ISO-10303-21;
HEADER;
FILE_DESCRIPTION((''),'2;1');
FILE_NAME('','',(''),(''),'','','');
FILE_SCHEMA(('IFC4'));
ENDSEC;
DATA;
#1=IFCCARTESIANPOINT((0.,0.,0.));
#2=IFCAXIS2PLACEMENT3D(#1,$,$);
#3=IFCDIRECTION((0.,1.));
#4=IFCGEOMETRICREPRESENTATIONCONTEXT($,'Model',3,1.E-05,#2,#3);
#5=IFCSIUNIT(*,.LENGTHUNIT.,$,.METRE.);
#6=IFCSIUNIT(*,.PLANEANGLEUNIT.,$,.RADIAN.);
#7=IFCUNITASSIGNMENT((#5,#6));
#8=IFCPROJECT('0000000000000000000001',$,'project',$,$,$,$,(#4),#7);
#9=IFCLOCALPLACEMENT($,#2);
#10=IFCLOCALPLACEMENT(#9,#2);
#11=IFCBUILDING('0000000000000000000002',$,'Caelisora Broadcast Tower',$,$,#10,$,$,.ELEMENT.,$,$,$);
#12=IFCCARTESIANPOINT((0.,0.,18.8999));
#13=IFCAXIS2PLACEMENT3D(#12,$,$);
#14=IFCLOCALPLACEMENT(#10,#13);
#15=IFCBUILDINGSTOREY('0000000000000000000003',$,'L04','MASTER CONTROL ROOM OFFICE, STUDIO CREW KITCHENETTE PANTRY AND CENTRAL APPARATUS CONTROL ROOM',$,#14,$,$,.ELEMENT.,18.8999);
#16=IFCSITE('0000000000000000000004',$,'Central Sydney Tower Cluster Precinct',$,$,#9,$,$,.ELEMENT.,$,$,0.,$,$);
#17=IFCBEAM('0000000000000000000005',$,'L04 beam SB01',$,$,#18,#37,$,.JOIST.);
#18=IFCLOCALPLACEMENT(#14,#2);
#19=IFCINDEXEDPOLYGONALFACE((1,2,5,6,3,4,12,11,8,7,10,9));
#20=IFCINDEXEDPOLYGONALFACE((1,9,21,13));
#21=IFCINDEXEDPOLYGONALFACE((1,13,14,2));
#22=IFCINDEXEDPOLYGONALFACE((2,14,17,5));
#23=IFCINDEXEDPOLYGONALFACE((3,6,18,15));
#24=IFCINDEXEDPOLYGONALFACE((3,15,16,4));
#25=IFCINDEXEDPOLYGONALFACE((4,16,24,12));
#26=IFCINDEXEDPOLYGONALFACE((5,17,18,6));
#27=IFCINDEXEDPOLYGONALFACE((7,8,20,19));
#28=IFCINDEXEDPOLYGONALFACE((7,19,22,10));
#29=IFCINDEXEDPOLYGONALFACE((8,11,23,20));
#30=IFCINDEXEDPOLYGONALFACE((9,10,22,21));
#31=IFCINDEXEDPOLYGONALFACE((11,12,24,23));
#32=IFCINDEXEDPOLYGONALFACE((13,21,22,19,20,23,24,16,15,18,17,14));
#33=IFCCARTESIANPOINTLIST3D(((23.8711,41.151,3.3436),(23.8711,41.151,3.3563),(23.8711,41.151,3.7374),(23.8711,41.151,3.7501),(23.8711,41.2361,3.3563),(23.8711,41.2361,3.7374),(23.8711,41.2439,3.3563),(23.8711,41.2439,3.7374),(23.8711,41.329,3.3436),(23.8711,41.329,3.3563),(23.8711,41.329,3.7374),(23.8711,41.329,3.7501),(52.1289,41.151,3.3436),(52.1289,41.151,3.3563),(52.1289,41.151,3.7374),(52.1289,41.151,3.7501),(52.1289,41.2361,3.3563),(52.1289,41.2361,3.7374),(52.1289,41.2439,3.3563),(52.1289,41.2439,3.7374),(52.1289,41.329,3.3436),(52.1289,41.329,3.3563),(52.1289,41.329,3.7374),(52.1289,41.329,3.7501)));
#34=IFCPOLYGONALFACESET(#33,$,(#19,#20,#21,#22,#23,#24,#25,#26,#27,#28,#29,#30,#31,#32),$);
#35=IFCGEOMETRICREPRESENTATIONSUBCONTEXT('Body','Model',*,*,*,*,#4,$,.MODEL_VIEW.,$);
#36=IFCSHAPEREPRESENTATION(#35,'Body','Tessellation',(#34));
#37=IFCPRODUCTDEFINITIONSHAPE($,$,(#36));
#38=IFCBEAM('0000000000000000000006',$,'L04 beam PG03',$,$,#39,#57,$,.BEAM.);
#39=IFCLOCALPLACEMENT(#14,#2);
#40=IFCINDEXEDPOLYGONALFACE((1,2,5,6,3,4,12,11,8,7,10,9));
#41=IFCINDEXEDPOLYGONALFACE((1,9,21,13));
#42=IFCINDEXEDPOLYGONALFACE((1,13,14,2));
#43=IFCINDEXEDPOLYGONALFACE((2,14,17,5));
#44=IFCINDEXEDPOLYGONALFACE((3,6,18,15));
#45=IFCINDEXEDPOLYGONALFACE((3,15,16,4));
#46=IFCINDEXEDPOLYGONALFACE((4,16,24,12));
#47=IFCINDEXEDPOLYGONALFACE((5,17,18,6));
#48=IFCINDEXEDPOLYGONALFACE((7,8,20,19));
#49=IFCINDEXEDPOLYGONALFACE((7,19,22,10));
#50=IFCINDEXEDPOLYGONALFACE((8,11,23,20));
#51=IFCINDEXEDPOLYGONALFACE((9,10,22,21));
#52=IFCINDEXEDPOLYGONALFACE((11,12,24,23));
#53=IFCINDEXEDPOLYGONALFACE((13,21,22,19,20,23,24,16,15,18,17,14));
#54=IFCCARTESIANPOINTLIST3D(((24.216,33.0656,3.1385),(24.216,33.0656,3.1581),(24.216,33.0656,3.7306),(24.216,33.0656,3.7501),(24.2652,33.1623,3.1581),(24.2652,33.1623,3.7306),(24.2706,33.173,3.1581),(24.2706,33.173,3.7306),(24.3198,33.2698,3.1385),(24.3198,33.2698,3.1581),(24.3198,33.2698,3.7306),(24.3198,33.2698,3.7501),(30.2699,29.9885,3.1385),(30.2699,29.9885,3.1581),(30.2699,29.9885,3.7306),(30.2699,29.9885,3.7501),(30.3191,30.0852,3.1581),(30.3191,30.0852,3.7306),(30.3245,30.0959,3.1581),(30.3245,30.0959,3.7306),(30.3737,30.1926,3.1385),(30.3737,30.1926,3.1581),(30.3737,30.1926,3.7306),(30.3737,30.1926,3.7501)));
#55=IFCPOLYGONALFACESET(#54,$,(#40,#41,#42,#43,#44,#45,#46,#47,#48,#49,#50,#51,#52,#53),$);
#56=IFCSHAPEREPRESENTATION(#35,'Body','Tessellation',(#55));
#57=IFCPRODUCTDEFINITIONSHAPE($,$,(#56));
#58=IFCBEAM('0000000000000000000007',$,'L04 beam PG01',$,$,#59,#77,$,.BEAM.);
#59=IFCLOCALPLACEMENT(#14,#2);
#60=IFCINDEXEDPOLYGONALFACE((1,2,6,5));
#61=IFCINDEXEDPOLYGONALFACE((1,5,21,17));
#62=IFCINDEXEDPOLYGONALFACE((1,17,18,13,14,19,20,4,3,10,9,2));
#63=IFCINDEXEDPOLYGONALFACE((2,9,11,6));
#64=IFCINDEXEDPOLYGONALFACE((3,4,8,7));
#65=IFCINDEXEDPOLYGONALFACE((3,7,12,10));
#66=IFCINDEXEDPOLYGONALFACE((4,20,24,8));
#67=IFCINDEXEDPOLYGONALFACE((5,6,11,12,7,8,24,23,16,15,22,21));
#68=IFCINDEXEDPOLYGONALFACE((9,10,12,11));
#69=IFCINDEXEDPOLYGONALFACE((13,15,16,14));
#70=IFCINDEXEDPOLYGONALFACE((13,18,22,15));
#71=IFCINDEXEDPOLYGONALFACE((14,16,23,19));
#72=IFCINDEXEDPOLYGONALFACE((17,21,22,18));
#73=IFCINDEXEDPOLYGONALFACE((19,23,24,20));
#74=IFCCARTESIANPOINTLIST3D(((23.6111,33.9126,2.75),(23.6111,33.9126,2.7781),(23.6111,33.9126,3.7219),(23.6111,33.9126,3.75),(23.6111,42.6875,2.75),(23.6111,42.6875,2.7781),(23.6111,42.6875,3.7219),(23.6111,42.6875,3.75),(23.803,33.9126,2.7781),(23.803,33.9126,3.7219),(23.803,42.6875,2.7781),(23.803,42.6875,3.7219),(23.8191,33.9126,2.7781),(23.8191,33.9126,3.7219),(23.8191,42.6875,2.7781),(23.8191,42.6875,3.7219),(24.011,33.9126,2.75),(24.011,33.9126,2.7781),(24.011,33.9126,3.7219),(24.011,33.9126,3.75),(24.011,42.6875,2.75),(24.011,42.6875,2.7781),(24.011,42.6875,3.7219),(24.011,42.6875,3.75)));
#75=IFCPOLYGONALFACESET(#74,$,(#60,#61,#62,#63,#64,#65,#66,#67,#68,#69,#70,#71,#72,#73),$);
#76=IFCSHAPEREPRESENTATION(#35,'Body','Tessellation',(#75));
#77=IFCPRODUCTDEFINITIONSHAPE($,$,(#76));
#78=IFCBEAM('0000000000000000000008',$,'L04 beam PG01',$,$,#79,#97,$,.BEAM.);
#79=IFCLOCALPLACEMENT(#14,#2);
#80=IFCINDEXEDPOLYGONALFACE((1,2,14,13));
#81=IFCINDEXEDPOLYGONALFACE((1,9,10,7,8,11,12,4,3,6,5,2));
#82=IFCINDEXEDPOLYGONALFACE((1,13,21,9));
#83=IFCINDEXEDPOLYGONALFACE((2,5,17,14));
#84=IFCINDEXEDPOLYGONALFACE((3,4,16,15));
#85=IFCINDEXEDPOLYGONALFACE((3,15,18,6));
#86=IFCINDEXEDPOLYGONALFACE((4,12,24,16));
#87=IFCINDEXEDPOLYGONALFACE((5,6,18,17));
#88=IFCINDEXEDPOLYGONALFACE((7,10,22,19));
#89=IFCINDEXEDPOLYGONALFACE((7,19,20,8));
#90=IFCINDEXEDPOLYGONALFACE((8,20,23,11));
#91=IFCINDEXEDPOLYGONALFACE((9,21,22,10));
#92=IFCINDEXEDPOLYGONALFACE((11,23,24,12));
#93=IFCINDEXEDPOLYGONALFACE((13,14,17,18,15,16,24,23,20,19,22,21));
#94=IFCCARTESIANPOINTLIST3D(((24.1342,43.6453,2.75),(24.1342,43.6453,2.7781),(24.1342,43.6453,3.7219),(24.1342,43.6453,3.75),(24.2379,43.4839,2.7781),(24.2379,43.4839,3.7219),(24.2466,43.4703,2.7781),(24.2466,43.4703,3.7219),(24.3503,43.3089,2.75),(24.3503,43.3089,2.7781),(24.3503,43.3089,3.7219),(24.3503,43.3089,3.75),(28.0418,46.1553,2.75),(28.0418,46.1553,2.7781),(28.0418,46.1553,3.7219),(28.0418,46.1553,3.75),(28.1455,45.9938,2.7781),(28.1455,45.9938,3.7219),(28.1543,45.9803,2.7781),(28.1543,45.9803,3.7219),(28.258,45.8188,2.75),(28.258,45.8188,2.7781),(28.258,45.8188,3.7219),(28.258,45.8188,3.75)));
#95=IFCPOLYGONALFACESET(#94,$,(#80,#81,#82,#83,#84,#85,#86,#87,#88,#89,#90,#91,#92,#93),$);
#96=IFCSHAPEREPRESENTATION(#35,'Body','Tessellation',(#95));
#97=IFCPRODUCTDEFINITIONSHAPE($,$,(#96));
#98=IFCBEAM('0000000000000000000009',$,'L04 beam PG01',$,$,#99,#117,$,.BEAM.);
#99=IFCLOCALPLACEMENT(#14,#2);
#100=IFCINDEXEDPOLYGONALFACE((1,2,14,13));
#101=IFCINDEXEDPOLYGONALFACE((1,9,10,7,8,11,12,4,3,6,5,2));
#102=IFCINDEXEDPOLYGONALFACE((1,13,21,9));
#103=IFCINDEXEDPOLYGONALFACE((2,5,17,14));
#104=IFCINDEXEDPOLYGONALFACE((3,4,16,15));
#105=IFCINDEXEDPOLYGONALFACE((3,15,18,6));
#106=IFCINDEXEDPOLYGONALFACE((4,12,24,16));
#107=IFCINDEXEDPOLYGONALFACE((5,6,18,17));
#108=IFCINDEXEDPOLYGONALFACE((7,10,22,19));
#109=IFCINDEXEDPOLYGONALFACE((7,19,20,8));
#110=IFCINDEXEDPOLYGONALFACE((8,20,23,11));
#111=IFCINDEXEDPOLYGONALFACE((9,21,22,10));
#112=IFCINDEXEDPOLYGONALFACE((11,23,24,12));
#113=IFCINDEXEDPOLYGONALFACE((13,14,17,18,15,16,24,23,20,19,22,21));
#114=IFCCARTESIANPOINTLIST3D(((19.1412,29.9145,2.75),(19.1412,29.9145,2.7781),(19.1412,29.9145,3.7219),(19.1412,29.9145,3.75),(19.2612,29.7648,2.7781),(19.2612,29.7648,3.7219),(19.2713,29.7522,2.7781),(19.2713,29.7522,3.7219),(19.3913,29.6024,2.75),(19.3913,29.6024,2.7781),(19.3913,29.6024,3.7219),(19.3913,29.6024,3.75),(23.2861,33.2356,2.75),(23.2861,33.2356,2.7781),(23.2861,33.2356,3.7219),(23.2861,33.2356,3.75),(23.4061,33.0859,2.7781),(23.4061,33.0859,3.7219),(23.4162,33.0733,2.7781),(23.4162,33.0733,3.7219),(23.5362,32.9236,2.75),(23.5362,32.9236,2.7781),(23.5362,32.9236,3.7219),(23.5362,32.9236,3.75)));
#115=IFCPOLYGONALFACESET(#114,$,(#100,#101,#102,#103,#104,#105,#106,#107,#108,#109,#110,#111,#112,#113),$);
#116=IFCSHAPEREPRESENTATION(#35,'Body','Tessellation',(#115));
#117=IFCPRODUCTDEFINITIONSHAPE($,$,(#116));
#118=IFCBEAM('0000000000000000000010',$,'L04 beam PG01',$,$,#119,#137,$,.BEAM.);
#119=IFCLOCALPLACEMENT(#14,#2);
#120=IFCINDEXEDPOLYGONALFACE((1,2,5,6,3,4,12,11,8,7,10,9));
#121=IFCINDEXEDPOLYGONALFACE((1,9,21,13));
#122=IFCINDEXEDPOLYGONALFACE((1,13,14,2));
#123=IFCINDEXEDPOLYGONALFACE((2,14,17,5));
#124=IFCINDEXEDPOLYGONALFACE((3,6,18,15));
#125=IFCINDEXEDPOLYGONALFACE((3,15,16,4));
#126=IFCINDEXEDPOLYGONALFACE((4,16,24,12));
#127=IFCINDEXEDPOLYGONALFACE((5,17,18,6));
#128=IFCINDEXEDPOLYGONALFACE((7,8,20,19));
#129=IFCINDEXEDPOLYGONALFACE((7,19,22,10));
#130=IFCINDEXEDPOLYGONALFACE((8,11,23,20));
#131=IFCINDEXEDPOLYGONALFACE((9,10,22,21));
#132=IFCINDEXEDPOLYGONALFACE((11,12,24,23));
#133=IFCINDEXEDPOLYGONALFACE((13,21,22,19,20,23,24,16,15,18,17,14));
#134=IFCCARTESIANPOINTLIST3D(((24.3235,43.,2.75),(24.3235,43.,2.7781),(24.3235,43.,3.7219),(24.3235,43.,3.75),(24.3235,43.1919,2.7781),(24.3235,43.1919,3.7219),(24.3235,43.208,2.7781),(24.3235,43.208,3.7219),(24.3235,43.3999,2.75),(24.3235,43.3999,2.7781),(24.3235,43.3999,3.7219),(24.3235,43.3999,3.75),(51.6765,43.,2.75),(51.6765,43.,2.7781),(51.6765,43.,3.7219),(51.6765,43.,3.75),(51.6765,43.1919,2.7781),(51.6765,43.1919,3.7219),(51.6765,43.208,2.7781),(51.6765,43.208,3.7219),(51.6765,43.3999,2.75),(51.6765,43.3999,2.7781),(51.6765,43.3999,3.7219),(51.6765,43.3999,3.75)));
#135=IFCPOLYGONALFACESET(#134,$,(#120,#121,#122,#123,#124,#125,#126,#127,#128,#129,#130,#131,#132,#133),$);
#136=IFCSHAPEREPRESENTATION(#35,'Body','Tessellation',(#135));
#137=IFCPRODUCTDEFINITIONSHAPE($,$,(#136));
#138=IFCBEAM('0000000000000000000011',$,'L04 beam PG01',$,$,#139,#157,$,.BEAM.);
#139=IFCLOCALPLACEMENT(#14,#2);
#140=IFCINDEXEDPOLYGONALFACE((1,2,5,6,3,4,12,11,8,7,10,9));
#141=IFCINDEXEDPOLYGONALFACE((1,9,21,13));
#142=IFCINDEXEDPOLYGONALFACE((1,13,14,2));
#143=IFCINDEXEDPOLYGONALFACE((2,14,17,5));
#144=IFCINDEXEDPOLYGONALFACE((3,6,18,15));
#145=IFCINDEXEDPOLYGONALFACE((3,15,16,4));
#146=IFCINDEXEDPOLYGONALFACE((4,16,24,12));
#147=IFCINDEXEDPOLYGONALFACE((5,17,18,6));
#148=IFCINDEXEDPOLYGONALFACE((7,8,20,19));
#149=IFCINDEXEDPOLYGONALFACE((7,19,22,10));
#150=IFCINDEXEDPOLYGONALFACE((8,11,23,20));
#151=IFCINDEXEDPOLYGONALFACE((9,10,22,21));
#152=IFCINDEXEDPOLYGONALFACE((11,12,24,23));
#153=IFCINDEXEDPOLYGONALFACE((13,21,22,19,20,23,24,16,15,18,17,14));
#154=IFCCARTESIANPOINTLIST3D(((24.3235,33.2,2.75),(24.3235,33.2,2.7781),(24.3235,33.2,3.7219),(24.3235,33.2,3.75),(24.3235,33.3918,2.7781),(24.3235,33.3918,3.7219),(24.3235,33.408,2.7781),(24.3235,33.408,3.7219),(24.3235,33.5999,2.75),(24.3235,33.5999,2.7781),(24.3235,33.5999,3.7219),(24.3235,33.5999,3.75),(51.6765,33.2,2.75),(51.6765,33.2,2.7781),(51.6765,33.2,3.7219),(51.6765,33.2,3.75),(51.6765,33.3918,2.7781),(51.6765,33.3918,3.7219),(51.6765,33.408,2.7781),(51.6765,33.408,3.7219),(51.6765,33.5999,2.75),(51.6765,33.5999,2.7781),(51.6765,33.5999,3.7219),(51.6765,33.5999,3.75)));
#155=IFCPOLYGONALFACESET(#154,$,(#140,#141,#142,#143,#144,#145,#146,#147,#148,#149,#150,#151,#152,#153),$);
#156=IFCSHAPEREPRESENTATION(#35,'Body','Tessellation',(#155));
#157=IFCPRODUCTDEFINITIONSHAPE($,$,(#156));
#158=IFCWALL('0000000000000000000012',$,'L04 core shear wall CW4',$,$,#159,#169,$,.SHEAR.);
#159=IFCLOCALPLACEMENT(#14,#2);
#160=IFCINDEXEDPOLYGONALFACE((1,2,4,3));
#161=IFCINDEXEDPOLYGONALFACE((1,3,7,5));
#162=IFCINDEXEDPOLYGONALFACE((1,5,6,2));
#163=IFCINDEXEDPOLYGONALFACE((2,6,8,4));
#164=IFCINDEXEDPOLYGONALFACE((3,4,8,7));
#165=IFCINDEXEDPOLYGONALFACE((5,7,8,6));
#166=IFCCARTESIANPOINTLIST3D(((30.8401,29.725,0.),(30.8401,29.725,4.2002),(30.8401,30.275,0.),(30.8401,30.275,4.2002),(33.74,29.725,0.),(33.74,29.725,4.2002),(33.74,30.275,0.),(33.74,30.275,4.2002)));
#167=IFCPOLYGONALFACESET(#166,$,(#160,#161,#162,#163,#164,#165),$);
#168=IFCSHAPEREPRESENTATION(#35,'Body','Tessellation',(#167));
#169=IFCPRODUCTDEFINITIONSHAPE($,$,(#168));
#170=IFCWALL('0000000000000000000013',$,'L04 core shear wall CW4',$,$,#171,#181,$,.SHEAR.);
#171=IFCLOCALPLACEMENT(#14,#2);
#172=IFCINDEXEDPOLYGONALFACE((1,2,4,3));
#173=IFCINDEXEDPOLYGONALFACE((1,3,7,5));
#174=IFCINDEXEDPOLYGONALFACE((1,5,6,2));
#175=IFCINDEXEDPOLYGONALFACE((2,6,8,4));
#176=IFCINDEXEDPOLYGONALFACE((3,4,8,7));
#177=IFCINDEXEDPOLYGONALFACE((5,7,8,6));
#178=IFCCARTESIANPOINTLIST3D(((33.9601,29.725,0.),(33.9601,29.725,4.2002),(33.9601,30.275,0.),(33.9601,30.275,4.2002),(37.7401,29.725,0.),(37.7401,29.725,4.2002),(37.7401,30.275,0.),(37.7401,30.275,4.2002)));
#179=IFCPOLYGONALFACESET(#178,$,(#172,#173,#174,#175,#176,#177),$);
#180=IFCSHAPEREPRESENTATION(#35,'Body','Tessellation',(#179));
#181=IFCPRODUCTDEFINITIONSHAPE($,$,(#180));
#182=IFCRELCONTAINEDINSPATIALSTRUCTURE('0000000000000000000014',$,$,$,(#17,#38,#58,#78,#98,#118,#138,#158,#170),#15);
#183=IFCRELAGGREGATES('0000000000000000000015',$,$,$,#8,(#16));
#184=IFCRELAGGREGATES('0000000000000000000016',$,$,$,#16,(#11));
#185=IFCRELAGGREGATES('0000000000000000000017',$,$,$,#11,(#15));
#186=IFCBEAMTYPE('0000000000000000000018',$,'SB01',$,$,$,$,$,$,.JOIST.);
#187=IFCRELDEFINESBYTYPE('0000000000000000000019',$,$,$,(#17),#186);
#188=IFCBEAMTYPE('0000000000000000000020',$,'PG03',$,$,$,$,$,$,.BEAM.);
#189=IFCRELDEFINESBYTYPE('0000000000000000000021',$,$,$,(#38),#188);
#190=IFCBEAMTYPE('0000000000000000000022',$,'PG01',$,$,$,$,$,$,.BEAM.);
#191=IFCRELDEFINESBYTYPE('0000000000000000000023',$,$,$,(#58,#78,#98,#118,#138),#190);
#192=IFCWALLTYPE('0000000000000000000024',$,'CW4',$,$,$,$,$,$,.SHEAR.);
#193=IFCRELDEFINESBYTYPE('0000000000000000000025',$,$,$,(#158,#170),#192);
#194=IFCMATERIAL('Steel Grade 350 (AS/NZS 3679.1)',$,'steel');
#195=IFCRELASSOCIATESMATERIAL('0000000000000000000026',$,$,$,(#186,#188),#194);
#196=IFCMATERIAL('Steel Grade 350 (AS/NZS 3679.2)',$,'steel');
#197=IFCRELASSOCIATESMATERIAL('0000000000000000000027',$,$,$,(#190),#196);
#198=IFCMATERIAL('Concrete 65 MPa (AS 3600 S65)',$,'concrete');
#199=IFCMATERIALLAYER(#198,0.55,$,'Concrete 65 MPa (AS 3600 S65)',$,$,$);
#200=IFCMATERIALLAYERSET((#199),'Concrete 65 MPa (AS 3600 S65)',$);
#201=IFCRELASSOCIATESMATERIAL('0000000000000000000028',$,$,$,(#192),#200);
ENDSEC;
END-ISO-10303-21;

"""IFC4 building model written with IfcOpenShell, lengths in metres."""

from ifc_helpers import new_model, si_unit, direction, frame, frame_2d, origin, origin_2d, place, context, subcontext, project, spatial, rectangle, i_section, extrude, source, transform, mapped, material, layer, layer_set, material_profile, profile_set, type_object, type_shapes, element, save


model = new_model("IFC4")

# Units and contexts
model_context = context("Model", 3, precision=1e-05, world=origin(), true_north=direction((0.0, 1.0)))
body_context = subcontext(model_context, "Body", "Model", "MODEL_VIEW")
ifc_project = project(units=[si_unit("LENGTHUNIT", "METRE"), si_unit("PLANEANGLEUNIT", "RADIAN")], contexts=[model_context])

# Site, building, storey
site_placement = place(None, origin())
site = spatial("IfcSite", under=ifc_project, at=site_placement, Name="Central Sydney Tower Cluster Precinct", CompositionType="ELEMENT", RefElevation=0.0)
building_placement = place(site_placement, origin())
building = spatial("IfcBuilding", under=site, at=building_placement, Name="Caelisora Broadcast Tower", CompositionType="ELEMENT")
storey_placement = place(building_placement, frame((0.0, 0.0, 18.8999)))
storey = spatial("IfcBuildingStorey", under=building, at=storey_placement, Name="L04", Description="MASTER CONTROL ROOM OFFICE, STUDIO CREW KITCHENETTE PANTRY AND CENTRAL APPARATUS CONTROL ROOM", CompositionType="ELEMENT", Elevation=18.8999)

# Shared definitions
ifc_material_1 = material(Name="Steel Grade 350 (AS/NZS 3679.2)", Category="steel")
ifc_material_2 = material(Name="Steel Grade 350 (AS/NZS 3679.1)", Category="steel")

# Beams
ifc_material_profile_1 = material_profile(ifc_material_2, i_section(OverallWidth=0.178, OverallDepth=0.4065, WebThickness=0.0078, FlangeThickness=0.0127, at=origin_2d()), Name="Steel Grade 350 (AS/NZS 3679.1)")
ifc_profile_set_1 = profile_set([ifc_material_profile_1], Name="Steel Grade 350 (AS/NZS 3679.1)")
beam_type_1 = type_object("IfcBeamType", Name="SB01", PredefinedType="JOIST", material=ifc_profile_set_1)
shared_shape_1 = source(origin(), body_context, "Body", "SweptSolid", [
    extrude(i_section(OverallWidth=0.178, OverallDepth=0.4065, WebThickness=0.0078, FlangeThickness=0.0127, at=origin_2d()), origin(), (0.0, 0.0, 1.0), 28.2578),
])
type_shapes(beam_type_1, [shared_shape_1])
for number, where, z_axis, x_axis, name in (
    (1, (23.8711, 41.24, 3.5469), (1.0, 0.0, 0.0), (0.0, 1.0, 0.0), "L04 beam SB01"),
):
    element("IfcBeam", number, at=place(storey_placement, frame(where, z_axis=z_axis, x_axis=x_axis)), inside=storey, type_object=beam_type_1, Name=name, PredefinedType="JOIST", context=body_context, shape_type="MappedRepresentation", body=[
        mapped(shared_shape_1, transform((0.0, 0.0, 0.0), scale=1.0)),
    ])
ifc_material_profile_2 = material_profile(ifc_material_2, i_section(OverallWidth=0.229, OverallDepth=0.6116, WebThickness=0.012, FlangeThickness=0.0195, at=origin_2d()), Name="Steel Grade 350 (AS/NZS 3679.1)")
ifc_profile_set_2 = profile_set([ifc_material_profile_2], Name="Steel Grade 350 (AS/NZS 3679.1)")
beam_type_2 = type_object("IfcBeamType", Name="PG03", PredefinedType="BEAM", material=ifc_profile_set_2)
shared_shape_2 = source(origin(), body_context, "Body", "SweptSolid", [
    extrude(i_section(OverallWidth=0.229, OverallDepth=0.6116, WebThickness=0.012, FlangeThickness=0.0195, at=origin_2d()), origin(), (0.0, 0.0, 1.0), 6.791),
])
type_shapes(beam_type_2, [shared_shape_2])
beam_1_placement = place(storey_placement, frame((30.3218, 30.0906, 3.4443), z_axis=(-0.891453, 0.453114, 0.0), x_axis=(-0.453114, -0.891453, 0.0)))
element("IfcBeam", 2, at=beam_1_placement, inside=storey, type_object=beam_type_2, Name="L04 beam PG03", PredefinedType="BEAM", context=body_context, shape_type="MappedRepresentation", body=[
    mapped(shared_shape_2, transform((0.0, 0.0, 0.0), scale=1.0)),
])
ifc_material_profile_3 = material_profile(ifc_material_1, i_section(OverallWidth=0.3999, OverallDepth=1.0, WebThickness=0.0161, FlangeThickness=0.0281, at=origin_2d()), Name="Steel Grade 350 (AS/NZS 3679.2)")
ifc_profile_set_3 = profile_set([ifc_material_profile_3], Name="Steel Grade 350 (AS/NZS 3679.2)")
beam_type_3 = type_object("IfcBeamType", Name="PG01", PredefinedType="BEAM", material=ifc_profile_set_3)
shared_shape_3 = source(origin(), body_context, "Body", "SweptSolid", [
    extrude(i_section(OverallWidth=0.3999, OverallDepth=1.0, WebThickness=0.0161, FlangeThickness=0.0281, at=origin_2d()), origin(), (0.0, 0.0, 1.0), 8.7749),
])
beam_2_placement = place(storey_placement, frame((23.811, 33.9126, 3.25), z_axis=(0.0, 1.0, 0.0), x_axis=(-1.0, 0.0, 0.0)))
element("IfcBeam", 3, at=beam_2_placement, inside=storey, type_object=beam_type_3, Name="L04 beam PG01", PredefinedType="BEAM", context=body_context, shape_type="MappedRepresentation", body=[
    mapped(shared_shape_3, transform((0.0, 0.0, 0.0), scale=1.0)),
])
shared_shape_4 = source(origin(), body_context, "Body", "SweptSolid", [
    extrude(i_section(OverallWidth=0.3999, OverallDepth=1.0, WebThickness=0.0161, FlangeThickness=0.0281, at=origin_2d()), origin(), (0.0, 0.0, 1.0), 4.6443),
])
beam_3_placement = place(storey_placement, frame((28.1499, 45.9871, 3.25), z_axis=(-0.841383, -0.540439, 0.0), x_axis=(0.540439, -0.841383, 0.0)))
element("IfcBeam", 4, at=beam_3_placement, inside=storey, type_object=beam_type_3, Name="L04 beam PG01", PredefinedType="BEAM", context=body_context, shape_type="MappedRepresentation", body=[
    mapped(shared_shape_4, transform((0.0, 0.0, 0.0), scale=1.0)),
])
shared_shape_5 = source(origin(), body_context, "Body", "SweptSolid", [
    extrude(i_section(OverallWidth=0.3999, OverallDepth=1.0, WebThickness=0.0161, FlangeThickness=0.0281, at=origin_2d()), origin(), (0.0, 0.0, 1.0), 5.3113),
])
beam_4_placement = place(storey_placement, frame((23.4111, 33.0796, 3.25), z_axis=(-0.780389, -0.625295, 0.0), x_axis=(0.625295, -0.780389, 0.0)))
element("IfcBeam", 5, at=beam_4_placement, inside=storey, type_object=beam_type_3, Name="L04 beam PG01", PredefinedType="BEAM", context=body_context, shape_type="MappedRepresentation", body=[
    mapped(shared_shape_5, transform((0.0, 0.0, 0.0), scale=1.0)),
])
shared_shape_6 = source(origin(), body_context, "Body", "SweptSolid", [
    extrude(i_section(OverallWidth=0.3999, OverallDepth=1.0, WebThickness=0.0161, FlangeThickness=0.0281, at=origin_2d()), origin(), (0.0, 0.0, 1.0), 27.353),
])
type_shapes(beam_type_3, [shared_shape_3, shared_shape_4, shared_shape_5, shared_shape_6])
for number, where, z_axis, x_axis, name in (
    (6, (24.3235, 43.2, 3.25), (1.0, 0.0, 0.0), (0.0, 1.0, 0.0), "L04 beam PG01"),
    (7, (24.3235, 33.3999, 3.25), (1.0, 0.0, 0.0), (0.0, 1.0, 0.0), "L04 beam PG01"),
):
    element("IfcBeam", number, at=place(storey_placement, frame(where, z_axis=z_axis, x_axis=x_axis)), inside=storey, type_object=beam_type_3, Name=name, PredefinedType="BEAM", context=body_context, shape_type="MappedRepresentation", body=[
        mapped(shared_shape_6, transform((0.0, 0.0, 0.0), scale=1.0)),
    ])

# Walls
ifc_material_3 = material(Name="Concrete 65 MPa (AS 3600 S65)", Category="concrete")
ifc_layer_1 = layer(ifc_material_3, 0.55, Name="Concrete 65 MPa (AS 3600 S65)")
ifc_layer_set_1 = layer_set([ifc_layer_1], Name="Concrete 65 MPa (AS 3600 S65)")
wall_type_1 = type_object("IfcWallType", Name="CW4", PredefinedType="SHEAR", material=ifc_layer_set_1)
wall_1_placement = place(storey_placement, frame((30.8401, 30.0, 0.0), z_axis=(0.0, 0.0, 1.0), x_axis=(1.0, 0.0, 0.0)))
element("IfcWall", 8, at=wall_1_placement, inside=storey, type_object=wall_type_1, Name="L04 core shear wall CW4", PredefinedType="SHEAR", context=body_context, shape_type="SweptSolid", body=[
    extrude(rectangle(XDim=2.8999, YDim=0.55, at=frame_2d((1.45, 0.0))), origin(), (0.0, 0.0, 1.0), 4.2002),
])
wall_2_placement = place(storey_placement, frame((33.96, 30.0, 0.0), z_axis=(0.0, 0.0, 1.0), x_axis=(1.0, 0.0, 0.0)))
element("IfcWall", 9, at=wall_2_placement, inside=storey, type_object=wall_type_1, Name="L04 core shear wall CW4", PredefinedType="SHEAR", context=body_context, shape_type="SweptSolid", body=[
    extrude(rectangle(XDim=3.78, YDim=0.55, at=frame_2d((1.8901, 0.0))), origin(), (0.0, 0.0, 1.0), 4.2002),
])

save(model, "model.ifc")
